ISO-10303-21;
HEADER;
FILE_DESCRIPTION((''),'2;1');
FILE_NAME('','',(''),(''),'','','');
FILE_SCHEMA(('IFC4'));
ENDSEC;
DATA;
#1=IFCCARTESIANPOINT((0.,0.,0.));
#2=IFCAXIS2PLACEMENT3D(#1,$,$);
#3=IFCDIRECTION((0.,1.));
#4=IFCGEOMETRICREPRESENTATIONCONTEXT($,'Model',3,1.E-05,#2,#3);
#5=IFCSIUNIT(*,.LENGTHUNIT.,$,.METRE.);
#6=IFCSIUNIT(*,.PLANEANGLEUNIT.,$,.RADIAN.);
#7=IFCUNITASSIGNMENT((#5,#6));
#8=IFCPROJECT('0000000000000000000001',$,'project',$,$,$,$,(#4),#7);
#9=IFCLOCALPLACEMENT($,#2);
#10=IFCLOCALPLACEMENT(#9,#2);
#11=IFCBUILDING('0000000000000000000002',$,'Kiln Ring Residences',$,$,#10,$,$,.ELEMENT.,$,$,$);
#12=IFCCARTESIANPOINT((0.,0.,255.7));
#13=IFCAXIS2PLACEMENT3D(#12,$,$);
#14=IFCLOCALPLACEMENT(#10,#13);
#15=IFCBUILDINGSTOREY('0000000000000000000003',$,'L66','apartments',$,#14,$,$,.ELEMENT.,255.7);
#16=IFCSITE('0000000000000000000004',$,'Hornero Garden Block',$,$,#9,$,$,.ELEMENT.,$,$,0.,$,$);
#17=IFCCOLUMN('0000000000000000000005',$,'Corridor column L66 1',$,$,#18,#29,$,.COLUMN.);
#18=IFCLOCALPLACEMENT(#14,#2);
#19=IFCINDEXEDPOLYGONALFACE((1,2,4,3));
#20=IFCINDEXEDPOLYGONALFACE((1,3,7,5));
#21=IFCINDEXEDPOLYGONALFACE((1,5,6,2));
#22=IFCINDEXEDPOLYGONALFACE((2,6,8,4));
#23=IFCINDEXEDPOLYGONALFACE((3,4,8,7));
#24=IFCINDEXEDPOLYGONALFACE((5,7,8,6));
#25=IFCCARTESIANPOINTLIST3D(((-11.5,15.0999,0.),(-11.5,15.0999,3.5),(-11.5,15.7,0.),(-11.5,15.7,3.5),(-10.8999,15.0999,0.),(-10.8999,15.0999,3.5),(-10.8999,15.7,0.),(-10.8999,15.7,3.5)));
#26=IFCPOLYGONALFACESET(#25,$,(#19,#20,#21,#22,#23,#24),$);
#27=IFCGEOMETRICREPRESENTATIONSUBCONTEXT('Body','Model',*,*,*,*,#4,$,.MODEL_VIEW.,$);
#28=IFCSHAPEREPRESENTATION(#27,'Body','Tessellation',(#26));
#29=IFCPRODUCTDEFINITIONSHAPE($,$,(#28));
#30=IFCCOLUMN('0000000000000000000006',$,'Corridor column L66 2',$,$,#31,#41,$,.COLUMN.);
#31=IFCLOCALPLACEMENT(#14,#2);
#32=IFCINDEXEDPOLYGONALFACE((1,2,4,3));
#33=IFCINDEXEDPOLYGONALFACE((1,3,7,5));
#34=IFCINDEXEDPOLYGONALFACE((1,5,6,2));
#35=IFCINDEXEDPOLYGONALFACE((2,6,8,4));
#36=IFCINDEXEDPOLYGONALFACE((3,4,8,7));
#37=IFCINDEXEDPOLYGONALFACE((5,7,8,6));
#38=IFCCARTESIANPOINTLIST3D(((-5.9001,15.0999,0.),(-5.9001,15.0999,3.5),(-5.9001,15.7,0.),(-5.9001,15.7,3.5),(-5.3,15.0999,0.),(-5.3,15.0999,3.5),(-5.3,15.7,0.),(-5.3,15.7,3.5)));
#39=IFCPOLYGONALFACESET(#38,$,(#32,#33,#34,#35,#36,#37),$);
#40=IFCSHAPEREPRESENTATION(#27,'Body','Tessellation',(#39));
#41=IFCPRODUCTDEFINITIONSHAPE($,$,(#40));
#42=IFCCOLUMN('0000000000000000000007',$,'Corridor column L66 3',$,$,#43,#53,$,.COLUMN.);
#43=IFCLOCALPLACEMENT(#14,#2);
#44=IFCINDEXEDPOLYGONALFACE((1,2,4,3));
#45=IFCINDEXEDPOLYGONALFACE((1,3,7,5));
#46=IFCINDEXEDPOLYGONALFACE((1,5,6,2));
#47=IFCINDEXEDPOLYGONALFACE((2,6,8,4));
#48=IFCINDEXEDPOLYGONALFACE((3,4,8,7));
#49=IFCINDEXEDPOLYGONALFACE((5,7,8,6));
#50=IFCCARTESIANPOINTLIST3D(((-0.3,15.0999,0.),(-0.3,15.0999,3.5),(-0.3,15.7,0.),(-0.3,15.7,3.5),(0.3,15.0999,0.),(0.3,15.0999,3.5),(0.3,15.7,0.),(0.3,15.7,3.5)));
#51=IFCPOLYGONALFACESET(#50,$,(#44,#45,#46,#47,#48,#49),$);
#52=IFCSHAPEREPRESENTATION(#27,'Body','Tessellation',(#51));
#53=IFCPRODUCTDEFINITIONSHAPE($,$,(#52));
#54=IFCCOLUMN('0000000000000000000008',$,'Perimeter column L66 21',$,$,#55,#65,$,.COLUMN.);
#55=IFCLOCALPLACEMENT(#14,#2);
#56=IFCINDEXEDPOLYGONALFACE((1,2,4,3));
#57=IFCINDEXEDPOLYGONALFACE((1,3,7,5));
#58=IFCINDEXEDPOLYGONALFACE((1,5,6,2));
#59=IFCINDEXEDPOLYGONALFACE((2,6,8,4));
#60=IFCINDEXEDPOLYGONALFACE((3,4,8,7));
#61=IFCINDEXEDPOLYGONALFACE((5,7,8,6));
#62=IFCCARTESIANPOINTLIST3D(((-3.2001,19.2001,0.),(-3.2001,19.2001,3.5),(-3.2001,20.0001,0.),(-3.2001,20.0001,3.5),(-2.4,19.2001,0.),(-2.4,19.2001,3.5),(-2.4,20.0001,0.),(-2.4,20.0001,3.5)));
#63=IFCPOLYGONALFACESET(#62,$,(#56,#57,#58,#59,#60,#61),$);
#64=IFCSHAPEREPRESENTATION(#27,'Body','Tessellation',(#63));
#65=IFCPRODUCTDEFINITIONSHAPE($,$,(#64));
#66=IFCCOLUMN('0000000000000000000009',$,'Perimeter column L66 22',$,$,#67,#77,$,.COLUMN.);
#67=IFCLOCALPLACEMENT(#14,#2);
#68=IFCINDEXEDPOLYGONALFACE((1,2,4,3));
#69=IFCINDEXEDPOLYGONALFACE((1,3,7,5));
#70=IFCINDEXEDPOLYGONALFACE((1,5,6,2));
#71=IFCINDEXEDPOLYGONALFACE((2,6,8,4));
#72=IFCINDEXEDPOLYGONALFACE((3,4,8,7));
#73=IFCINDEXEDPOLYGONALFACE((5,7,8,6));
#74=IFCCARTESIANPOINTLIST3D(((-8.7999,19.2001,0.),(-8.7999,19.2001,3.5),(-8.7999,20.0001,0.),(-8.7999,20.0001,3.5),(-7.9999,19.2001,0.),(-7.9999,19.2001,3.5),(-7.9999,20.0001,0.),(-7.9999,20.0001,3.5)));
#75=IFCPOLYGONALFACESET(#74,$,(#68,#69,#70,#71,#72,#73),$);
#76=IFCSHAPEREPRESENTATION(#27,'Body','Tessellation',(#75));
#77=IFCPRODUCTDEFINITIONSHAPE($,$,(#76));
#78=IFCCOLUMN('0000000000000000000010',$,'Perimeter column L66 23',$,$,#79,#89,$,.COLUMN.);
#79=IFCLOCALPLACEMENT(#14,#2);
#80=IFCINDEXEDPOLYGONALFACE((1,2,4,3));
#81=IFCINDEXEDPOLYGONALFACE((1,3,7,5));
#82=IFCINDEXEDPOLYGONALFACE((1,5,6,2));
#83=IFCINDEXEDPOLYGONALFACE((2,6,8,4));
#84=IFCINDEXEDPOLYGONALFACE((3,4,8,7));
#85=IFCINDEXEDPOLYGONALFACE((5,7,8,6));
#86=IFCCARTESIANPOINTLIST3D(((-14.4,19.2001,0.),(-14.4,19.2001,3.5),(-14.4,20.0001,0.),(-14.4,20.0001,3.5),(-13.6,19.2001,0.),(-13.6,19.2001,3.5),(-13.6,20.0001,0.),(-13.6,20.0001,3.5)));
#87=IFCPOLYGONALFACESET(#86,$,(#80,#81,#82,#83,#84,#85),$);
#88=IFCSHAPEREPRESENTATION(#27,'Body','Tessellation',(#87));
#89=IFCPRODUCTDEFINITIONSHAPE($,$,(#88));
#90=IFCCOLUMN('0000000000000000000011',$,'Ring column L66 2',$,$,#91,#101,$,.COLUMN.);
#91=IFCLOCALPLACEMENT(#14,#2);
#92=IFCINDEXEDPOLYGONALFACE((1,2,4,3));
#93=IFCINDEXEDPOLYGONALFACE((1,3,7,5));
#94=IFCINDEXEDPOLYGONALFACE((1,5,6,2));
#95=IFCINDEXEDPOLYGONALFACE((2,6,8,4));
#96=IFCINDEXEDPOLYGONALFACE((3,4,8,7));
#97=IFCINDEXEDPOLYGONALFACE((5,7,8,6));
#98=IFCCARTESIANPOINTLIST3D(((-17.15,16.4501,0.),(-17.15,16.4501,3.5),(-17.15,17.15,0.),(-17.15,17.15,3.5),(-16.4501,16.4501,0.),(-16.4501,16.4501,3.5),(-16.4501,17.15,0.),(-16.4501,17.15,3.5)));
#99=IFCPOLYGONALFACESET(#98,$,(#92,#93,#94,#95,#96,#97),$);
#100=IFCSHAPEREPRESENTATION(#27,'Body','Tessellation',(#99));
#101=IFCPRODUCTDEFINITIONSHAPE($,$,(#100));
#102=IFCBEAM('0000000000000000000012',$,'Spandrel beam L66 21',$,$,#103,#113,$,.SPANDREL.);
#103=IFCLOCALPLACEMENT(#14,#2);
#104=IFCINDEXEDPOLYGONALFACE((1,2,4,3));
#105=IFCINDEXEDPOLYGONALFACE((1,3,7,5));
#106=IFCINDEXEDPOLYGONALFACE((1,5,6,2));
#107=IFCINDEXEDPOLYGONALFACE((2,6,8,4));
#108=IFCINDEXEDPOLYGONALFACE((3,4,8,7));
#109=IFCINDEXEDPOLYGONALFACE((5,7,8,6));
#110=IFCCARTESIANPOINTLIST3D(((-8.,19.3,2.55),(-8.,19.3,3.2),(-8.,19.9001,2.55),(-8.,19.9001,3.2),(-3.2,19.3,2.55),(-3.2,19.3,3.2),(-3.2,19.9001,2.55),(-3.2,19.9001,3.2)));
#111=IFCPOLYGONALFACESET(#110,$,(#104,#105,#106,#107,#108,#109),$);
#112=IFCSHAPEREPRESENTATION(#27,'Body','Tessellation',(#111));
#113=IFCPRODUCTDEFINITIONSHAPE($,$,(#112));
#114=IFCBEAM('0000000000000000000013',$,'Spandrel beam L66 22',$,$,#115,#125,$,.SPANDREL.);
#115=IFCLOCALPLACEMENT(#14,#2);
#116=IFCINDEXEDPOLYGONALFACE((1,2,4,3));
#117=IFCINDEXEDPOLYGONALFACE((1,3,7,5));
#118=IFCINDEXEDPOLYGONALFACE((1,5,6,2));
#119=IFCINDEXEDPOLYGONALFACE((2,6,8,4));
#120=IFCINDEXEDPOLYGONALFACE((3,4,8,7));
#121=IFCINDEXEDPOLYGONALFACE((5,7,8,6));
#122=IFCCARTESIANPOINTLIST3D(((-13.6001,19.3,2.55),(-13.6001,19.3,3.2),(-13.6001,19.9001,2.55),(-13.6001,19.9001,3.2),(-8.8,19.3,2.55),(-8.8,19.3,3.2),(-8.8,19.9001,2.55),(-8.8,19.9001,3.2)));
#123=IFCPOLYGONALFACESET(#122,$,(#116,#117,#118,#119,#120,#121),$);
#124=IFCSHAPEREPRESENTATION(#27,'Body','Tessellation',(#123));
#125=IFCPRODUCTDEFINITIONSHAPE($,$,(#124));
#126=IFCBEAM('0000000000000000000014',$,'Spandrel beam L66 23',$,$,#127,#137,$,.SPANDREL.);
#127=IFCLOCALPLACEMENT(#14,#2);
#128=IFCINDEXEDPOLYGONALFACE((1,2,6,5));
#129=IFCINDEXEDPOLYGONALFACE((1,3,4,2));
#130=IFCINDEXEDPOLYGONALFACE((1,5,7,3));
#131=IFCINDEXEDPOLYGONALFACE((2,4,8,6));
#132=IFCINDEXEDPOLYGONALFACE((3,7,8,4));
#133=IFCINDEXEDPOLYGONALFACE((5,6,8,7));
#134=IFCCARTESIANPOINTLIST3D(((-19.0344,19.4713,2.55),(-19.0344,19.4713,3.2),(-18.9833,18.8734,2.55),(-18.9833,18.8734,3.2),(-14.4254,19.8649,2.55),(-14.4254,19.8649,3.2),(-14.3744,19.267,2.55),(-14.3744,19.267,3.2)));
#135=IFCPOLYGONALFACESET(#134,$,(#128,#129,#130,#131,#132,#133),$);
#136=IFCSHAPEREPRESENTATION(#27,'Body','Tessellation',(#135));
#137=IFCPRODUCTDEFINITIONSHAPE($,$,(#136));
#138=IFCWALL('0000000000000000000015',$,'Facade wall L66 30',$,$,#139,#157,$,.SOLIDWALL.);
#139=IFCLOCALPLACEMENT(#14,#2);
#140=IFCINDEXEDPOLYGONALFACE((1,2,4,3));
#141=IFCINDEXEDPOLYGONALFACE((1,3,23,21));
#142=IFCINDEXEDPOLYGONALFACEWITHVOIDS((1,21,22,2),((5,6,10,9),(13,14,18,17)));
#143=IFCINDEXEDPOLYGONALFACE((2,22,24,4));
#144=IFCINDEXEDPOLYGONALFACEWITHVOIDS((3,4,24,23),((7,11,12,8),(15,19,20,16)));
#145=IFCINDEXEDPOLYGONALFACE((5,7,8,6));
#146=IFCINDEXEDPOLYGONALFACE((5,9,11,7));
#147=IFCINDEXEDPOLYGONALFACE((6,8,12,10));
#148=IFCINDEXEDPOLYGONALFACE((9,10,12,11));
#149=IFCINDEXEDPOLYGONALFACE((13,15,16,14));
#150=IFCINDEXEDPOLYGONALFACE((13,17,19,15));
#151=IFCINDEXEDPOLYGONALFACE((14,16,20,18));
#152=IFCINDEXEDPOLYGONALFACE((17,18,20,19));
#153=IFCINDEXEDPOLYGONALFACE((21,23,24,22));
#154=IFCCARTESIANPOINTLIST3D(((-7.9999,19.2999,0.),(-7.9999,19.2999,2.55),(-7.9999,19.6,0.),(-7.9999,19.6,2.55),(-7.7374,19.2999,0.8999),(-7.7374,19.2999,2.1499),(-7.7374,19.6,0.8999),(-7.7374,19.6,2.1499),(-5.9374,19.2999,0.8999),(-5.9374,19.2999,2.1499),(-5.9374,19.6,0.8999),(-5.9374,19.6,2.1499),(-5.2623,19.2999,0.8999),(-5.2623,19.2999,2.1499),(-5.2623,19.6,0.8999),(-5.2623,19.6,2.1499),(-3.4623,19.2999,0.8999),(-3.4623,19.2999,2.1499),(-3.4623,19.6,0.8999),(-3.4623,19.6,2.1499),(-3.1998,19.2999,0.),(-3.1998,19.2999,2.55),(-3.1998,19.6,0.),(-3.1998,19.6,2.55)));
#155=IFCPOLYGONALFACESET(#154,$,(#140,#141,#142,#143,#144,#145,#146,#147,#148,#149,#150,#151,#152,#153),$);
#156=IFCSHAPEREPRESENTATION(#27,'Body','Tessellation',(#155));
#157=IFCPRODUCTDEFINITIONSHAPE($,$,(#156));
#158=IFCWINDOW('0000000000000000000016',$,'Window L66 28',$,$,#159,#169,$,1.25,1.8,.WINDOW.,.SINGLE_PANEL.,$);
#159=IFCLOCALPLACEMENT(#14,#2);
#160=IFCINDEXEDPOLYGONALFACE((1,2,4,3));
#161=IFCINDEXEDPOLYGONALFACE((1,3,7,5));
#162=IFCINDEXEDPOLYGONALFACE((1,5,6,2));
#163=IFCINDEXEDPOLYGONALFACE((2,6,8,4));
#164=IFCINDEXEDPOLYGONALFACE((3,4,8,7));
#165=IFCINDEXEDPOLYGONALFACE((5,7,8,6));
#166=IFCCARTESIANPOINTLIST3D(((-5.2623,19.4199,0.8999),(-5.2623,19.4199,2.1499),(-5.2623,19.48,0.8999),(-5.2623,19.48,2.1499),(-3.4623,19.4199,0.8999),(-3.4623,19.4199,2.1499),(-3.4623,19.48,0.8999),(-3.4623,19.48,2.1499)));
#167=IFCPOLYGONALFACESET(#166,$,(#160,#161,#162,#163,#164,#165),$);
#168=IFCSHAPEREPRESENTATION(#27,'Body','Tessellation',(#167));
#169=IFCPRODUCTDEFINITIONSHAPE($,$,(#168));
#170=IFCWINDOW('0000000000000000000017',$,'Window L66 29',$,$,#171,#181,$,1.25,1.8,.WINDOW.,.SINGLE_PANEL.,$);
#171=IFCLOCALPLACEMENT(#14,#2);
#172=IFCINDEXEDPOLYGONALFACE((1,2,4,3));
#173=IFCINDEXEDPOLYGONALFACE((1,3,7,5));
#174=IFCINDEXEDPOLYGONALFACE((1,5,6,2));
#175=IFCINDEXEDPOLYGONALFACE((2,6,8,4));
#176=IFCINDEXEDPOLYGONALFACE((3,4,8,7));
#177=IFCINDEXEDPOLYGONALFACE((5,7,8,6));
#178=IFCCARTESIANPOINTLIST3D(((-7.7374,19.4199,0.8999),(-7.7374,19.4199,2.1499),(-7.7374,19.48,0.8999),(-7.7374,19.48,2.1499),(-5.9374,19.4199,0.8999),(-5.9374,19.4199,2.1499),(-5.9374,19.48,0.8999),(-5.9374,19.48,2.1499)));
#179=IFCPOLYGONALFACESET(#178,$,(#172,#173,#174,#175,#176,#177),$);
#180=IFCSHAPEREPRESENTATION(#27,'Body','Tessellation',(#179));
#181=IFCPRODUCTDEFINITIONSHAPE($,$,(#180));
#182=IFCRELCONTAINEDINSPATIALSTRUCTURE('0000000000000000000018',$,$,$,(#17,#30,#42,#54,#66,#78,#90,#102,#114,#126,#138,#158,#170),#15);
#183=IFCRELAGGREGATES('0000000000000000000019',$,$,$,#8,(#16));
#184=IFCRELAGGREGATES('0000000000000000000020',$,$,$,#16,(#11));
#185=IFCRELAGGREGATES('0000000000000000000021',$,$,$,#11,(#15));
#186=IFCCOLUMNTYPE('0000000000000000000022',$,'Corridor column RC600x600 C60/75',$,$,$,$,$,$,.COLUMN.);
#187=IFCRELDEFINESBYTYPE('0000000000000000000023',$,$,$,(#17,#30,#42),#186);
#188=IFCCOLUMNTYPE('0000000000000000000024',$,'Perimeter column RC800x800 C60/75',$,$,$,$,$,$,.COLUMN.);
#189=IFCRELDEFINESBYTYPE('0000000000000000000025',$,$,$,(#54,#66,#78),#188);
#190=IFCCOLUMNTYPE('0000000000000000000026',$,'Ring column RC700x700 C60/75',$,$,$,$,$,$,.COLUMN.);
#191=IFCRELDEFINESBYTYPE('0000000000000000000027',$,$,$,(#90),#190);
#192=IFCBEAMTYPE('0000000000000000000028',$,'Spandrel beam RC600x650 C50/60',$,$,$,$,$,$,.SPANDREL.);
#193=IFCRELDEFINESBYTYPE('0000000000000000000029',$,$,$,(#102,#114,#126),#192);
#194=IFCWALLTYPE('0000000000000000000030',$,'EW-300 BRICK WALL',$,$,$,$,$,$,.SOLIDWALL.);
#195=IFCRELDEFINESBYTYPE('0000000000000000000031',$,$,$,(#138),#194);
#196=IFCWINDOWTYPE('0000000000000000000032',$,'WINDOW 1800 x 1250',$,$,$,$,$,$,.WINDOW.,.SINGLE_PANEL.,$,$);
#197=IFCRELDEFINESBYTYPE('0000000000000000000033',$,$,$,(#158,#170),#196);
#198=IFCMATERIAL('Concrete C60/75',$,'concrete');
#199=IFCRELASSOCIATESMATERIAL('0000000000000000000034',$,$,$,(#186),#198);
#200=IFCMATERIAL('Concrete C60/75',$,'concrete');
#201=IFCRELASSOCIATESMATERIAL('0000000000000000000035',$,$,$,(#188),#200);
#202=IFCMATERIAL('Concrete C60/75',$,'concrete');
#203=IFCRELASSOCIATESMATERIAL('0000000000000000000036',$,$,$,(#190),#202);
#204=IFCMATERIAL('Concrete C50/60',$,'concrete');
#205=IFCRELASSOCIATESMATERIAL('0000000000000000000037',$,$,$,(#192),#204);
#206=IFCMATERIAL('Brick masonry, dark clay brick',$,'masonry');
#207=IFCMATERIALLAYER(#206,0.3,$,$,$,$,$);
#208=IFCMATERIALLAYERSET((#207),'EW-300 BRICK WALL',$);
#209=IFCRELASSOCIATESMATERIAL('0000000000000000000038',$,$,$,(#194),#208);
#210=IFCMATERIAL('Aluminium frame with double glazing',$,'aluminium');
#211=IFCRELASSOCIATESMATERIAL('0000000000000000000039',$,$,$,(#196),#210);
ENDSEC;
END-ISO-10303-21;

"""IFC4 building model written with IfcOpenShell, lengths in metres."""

from ifc_helpers import new_model, si_unit, direction, frame, frame_2d, origin, origin_2d, place, context, subcontext, project, spatial, rectangle, extrude, material, layer, layer_set, material_profile, profile_set, type_object, element, fill, save


model = new_model("IFC4")

# Units and contexts
model_context = context("Model", 3, precision=1e-05, world=origin(), true_north=direction((0.0, 1.0)))
body_context = subcontext(model_context, "Body", "Model", "MODEL_VIEW")
ifc_project = project(units=[si_unit("LENGTHUNIT", "METRE"), si_unit("PLANEANGLEUNIT", "RADIAN")], contexts=[model_context])

# Site, building, storey
site_placement = place(None, origin())
site = spatial("IfcSite", under=ifc_project, at=site_placement, Name="Hornero Garden Block", CompositionType="ELEMENT", RefElevation=0.0)
building_placement = place(site_placement, origin())
building = spatial("IfcBuilding", under=site, at=building_placement, Name="Kiln Ring Residences", CompositionType="ELEMENT")
storey_placement = place(building_placement, frame((0.0, 0.0, 255.7)))
storey = spatial("IfcBuildingStorey", under=building, at=storey_placement, Name="L66", Description="apartments", CompositionType="ELEMENT", Elevation=255.7)

# Columns
ifc_material_1 = material(Name="Concrete C60/75", Category="concrete")
ifc_material_profile_1 = material_profile(ifc_material_1, rectangle(XDim=0.6001, YDim=0.6001, at=origin_2d()), Name="RC600x600")
ifc_profile_set_1 = profile_set([ifc_material_profile_1], Name="Concrete C60/75")
column_type_1 = type_object("IfcColumnType", Name="Corridor column RC600x600 C60/75", PredefinedType="COLUMN", material=ifc_profile_set_1)
for number, where, z_axis, x_axis, name in (
    (1, (-11.2, 15.3999, 0.0), (0.0, 0.0, 1.0), (1.0, 0.0, 0.0), "Corridor column L66 1"),
    (2, (-5.6001, 15.3999, 0.0), (0.0, 0.0, 1.0), (1.0, 0.0, 0.0), "Corridor column L66 2"),
    (3, (0.0, 15.3999, 0.0), (0.0, 0.0, 1.0), (1.0, 0.0, 0.0), "Corridor column L66 3"),
):
    element("IfcColumn", number, at=place(storey_placement, frame(where, z_axis=z_axis, x_axis=x_axis)), inside=storey, type_object=column_type_1, Name=name, PredefinedType="COLUMN", context=body_context, shape_type="SweptSolid", body=[
        extrude(rectangle(XDim=0.6001, YDim=0.6001, at=origin_2d()), origin(), (0.0, 0.0, 1.0), 3.5),
    ])
ifc_material_2 = material(Name="Concrete C60/75", Category="concrete")
ifc_material_profile_2 = material_profile(ifc_material_2, rectangle(XDim=0.8, YDim=0.8, at=origin_2d()), Name="RC800x800")
ifc_profile_set_2 = profile_set([ifc_material_profile_2], Name="Concrete C60/75")
column_type_2 = type_object("IfcColumnType", Name="Perimeter column RC800x800 C60/75", PredefinedType="COLUMN", material=ifc_profile_set_2)
for number, where, z_axis, x_axis, name in (
    (4, (-2.8, 19.6001, 0.0), (0.0, 0.0, 1.0), (1.0, 0.0, 0.0), "Perimeter column L66 21"),
    (5, (-8.3999, 19.6001, 0.0), (0.0, 0.0, 1.0), (1.0, 0.0, 0.0), "Perimeter column L66 22"),
    (6, (-14.0, 19.6001, 0.0), (0.0, 0.0, 1.0), (1.0, 0.0, 0.0), "Perimeter column L66 23"),
):
    element("IfcColumn", number, at=place(storey_placement, frame(where, z_axis=z_axis, x_axis=x_axis)), inside=storey, type_object=column_type_2, Name=name, PredefinedType="COLUMN", context=body_context, shape_type="SweptSolid", body=[
        extrude(rectangle(XDim=0.8, YDim=0.8, at=origin_2d()), origin(), (0.0, 0.0, 1.0), 3.5),
    ])
ifc_material_3 = material(Name="Concrete C60/75", Category="concrete")
ifc_material_profile_3 = material_profile(ifc_material_3, rectangle(XDim=0.7, YDim=0.7, at=origin_2d()), Name="RC700x700")
ifc_profile_set_3 = profile_set([ifc_material_profile_3], Name="Concrete C60/75")
column_type_3 = type_object("IfcColumnType", Name="Ring column RC700x700 C60/75", PredefinedType="COLUMN", material=ifc_profile_set_3)
column_placement = place(storey_placement, frame((-16.8, 16.8, 0.0), z_axis=(0.0, 0.0, 1.0), x_axis=(1.0, 0.0, 0.0)))
element("IfcColumn", 7, at=column_placement, inside=storey, type_object=column_type_3, Name="Ring column L66 2", PredefinedType="COLUMN", context=body_context, shape_type="SweptSolid", body=[
    extrude(rectangle(XDim=0.7, YDim=0.7, at=origin_2d()), origin(), (0.0, 0.0, 1.0), 3.5),
])

# Beams
ifc_material_4 = material(Name="Concrete C50/60", Category="concrete")
ifc_material_profile_4 = material_profile(ifc_material_4, rectangle(XDim=0.6001, YDim=0.6499, at=origin_2d()), Name="RC600x650")
ifc_profile_set_4 = profile_set([ifc_material_profile_4], Name="Concrete C50/60")
beam_type = type_object("IfcBeamType", Name="Spandrel beam RC600x650 C50/60", PredefinedType="SPANDREL", material=ifc_profile_set_4)
for number, where, z_axis, x_axis, name in (
    (8, (-3.2, 19.6001, 2.875), (-1.0, 0.0, 0.0), (0.0, -1.0, 0.0), "Spandrel beam L66 21"),
    (9, (-8.8, 19.6001, 2.875), (-1.0, 0.0, 0.0), (0.0, -1.0, 0.0), "Spandrel beam L66 22"),
):
    element("IfcBeam", number, at=place(storey_placement, frame(where, z_axis=z_axis, x_axis=x_axis)), inside=storey, type_object=beam_type, Name=name, PredefinedType="SPANDREL", context=body_context, shape_type="SweptSolid", body=[
        extrude(rectangle(XDim=0.6001, YDim=0.6499, at=origin_2d()), origin(), (0.0, 0.0, 1.0), 4.8),
    ])
beam_placement = place(storey_placement, frame((-14.3999, 19.5659, 2.875), z_axis=(-0.996374, -0.085081, 0.0), x_axis=(0.085081, -0.996374, 0.0)))
element("IfcBeam", 10, at=beam_placement, inside=storey, type_object=beam_type, Name="Spandrel beam L66 23", PredefinedType="SPANDREL", context=body_context, shape_type="SweptSolid", body=[
    extrude(rectangle(XDim=0.6001, YDim=0.6499, at=origin_2d()), origin(), (0.0, 0.0, 1.0), 4.6257),
])

# Wall, openings, windows
ifc_material_5 = material(Name="Brick masonry, dark clay brick", Category="masonry")
ifc_layer_1 = layer(ifc_material_5, 0.3)
ifc_layer_set_1 = layer_set([ifc_layer_1], Name="EW-300 BRICK WALL")
wall_type_1 = type_object("IfcWallType", Name="EW-300 BRICK WALL", PredefinedType="SOLIDWALL", material=ifc_layer_set_1)
wall_1_placement = place(storey_placement, frame((-3.2, 19.45, 0.0), z_axis=(0.0, 0.0, 1.0), x_axis=(-1.0, 0.0, 0.0)))
wall_1 = element("IfcWall", 11, at=wall_1_placement, inside=storey, type_object=wall_type_1, Name="Facade wall L66 30", PredefinedType="SOLIDWALL", context=body_context, shape_type="SweptSolid", body=[
    extrude(rectangle(XDim=4.8, YDim=0.3, at=frame_2d((2.3999, 0.0))), origin(), (0.0, 0.0, 1.0), 2.55),
])
opening_1_placement = place(wall_1_placement, frame((0.2625, 0.0, 0.8999)))
opening_1 = element("IfcOpeningElement", 12, at=opening_1_placement, cuts=wall_1, PredefinedType="OPENING", context=body_context, shape_type="SweptSolid", body=[
    extrude(rectangle(XDim=1.8, YDim=1.25, at=frame_2d((0.8999, 0.625))), frame((0.0, 0.1599, 0.0), z_axis=(0.0, -1.0, 0.0), x_axis=(1.0, 0.0, 0.0)), (0.0, 0.0, 1.0), 0.3201),
])
opening_2_placement = place(wall_1_placement, frame((2.7375, 0.0, 0.8999)))
opening_2 = element("IfcOpeningElement", 13, at=opening_2_placement, cuts=wall_1, PredefinedType="OPENING", context=body_context, shape_type="SweptSolid", body=[
    extrude(rectangle(XDim=1.8, YDim=1.25, at=frame_2d((0.8999, 0.625))), frame((0.0, 0.1599, 0.0), z_axis=(0.0, -1.0, 0.0), x_axis=(1.0, 0.0, 0.0)), (0.0, 0.0, 1.0), 0.3201),
])
ifc_material_6 = material(Name="Aluminium frame with double glazing", Category="aluminium")
window_type_1 = type_object("IfcWindowType", Name="WINDOW 1800 x 1250", PartitioningType="SINGLE_PANEL", PredefinedType="WINDOW", material=ifc_material_6)
window_1_placement = place(opening_1_placement, origin())
window_1 = element("IfcWindow", 14, at=window_1_placement, inside=storey, type_object=window_type_1, Name="Window L66 28", OverallHeight=1.25, OverallWidth=1.8, PartitioningType="SINGLE_PANEL", PredefinedType="WINDOW", context=body_context, shape_type="SweptSolid", body=[
    extrude(rectangle(XDim=1.8, YDim=1.25, at=frame_2d((0.8999, 0.625))), frame((0.0, 0.03, 0.0), z_axis=(0.0, -1.0, 0.0), x_axis=(1.0, 0.0, 0.0)), (0.0, 0.0, 1.0), 0.0601),
])
fill(opening_1, window_1)
window_2_placement = place(opening_2_placement, origin())
window_2 = element("IfcWindow", 15, at=window_2_placement, inside=storey, type_object=window_type_1, Name="Window L66 29", OverallHeight=1.25, OverallWidth=1.8, PartitioningType="SINGLE_PANEL", PredefinedType="WINDOW", context=body_context, shape_type="SweptSolid", body=[
    extrude(rectangle(XDim=1.8, YDim=1.25, at=frame_2d((0.8999, 0.625))), frame((0.0, 0.03, 0.0), z_axis=(0.0, -1.0, 0.0), x_axis=(1.0, 0.0, 0.0)), (0.0, 0.0, 1.0), 0.0601),
])
fill(opening_2, window_2)

save(model, "model.ifc")
